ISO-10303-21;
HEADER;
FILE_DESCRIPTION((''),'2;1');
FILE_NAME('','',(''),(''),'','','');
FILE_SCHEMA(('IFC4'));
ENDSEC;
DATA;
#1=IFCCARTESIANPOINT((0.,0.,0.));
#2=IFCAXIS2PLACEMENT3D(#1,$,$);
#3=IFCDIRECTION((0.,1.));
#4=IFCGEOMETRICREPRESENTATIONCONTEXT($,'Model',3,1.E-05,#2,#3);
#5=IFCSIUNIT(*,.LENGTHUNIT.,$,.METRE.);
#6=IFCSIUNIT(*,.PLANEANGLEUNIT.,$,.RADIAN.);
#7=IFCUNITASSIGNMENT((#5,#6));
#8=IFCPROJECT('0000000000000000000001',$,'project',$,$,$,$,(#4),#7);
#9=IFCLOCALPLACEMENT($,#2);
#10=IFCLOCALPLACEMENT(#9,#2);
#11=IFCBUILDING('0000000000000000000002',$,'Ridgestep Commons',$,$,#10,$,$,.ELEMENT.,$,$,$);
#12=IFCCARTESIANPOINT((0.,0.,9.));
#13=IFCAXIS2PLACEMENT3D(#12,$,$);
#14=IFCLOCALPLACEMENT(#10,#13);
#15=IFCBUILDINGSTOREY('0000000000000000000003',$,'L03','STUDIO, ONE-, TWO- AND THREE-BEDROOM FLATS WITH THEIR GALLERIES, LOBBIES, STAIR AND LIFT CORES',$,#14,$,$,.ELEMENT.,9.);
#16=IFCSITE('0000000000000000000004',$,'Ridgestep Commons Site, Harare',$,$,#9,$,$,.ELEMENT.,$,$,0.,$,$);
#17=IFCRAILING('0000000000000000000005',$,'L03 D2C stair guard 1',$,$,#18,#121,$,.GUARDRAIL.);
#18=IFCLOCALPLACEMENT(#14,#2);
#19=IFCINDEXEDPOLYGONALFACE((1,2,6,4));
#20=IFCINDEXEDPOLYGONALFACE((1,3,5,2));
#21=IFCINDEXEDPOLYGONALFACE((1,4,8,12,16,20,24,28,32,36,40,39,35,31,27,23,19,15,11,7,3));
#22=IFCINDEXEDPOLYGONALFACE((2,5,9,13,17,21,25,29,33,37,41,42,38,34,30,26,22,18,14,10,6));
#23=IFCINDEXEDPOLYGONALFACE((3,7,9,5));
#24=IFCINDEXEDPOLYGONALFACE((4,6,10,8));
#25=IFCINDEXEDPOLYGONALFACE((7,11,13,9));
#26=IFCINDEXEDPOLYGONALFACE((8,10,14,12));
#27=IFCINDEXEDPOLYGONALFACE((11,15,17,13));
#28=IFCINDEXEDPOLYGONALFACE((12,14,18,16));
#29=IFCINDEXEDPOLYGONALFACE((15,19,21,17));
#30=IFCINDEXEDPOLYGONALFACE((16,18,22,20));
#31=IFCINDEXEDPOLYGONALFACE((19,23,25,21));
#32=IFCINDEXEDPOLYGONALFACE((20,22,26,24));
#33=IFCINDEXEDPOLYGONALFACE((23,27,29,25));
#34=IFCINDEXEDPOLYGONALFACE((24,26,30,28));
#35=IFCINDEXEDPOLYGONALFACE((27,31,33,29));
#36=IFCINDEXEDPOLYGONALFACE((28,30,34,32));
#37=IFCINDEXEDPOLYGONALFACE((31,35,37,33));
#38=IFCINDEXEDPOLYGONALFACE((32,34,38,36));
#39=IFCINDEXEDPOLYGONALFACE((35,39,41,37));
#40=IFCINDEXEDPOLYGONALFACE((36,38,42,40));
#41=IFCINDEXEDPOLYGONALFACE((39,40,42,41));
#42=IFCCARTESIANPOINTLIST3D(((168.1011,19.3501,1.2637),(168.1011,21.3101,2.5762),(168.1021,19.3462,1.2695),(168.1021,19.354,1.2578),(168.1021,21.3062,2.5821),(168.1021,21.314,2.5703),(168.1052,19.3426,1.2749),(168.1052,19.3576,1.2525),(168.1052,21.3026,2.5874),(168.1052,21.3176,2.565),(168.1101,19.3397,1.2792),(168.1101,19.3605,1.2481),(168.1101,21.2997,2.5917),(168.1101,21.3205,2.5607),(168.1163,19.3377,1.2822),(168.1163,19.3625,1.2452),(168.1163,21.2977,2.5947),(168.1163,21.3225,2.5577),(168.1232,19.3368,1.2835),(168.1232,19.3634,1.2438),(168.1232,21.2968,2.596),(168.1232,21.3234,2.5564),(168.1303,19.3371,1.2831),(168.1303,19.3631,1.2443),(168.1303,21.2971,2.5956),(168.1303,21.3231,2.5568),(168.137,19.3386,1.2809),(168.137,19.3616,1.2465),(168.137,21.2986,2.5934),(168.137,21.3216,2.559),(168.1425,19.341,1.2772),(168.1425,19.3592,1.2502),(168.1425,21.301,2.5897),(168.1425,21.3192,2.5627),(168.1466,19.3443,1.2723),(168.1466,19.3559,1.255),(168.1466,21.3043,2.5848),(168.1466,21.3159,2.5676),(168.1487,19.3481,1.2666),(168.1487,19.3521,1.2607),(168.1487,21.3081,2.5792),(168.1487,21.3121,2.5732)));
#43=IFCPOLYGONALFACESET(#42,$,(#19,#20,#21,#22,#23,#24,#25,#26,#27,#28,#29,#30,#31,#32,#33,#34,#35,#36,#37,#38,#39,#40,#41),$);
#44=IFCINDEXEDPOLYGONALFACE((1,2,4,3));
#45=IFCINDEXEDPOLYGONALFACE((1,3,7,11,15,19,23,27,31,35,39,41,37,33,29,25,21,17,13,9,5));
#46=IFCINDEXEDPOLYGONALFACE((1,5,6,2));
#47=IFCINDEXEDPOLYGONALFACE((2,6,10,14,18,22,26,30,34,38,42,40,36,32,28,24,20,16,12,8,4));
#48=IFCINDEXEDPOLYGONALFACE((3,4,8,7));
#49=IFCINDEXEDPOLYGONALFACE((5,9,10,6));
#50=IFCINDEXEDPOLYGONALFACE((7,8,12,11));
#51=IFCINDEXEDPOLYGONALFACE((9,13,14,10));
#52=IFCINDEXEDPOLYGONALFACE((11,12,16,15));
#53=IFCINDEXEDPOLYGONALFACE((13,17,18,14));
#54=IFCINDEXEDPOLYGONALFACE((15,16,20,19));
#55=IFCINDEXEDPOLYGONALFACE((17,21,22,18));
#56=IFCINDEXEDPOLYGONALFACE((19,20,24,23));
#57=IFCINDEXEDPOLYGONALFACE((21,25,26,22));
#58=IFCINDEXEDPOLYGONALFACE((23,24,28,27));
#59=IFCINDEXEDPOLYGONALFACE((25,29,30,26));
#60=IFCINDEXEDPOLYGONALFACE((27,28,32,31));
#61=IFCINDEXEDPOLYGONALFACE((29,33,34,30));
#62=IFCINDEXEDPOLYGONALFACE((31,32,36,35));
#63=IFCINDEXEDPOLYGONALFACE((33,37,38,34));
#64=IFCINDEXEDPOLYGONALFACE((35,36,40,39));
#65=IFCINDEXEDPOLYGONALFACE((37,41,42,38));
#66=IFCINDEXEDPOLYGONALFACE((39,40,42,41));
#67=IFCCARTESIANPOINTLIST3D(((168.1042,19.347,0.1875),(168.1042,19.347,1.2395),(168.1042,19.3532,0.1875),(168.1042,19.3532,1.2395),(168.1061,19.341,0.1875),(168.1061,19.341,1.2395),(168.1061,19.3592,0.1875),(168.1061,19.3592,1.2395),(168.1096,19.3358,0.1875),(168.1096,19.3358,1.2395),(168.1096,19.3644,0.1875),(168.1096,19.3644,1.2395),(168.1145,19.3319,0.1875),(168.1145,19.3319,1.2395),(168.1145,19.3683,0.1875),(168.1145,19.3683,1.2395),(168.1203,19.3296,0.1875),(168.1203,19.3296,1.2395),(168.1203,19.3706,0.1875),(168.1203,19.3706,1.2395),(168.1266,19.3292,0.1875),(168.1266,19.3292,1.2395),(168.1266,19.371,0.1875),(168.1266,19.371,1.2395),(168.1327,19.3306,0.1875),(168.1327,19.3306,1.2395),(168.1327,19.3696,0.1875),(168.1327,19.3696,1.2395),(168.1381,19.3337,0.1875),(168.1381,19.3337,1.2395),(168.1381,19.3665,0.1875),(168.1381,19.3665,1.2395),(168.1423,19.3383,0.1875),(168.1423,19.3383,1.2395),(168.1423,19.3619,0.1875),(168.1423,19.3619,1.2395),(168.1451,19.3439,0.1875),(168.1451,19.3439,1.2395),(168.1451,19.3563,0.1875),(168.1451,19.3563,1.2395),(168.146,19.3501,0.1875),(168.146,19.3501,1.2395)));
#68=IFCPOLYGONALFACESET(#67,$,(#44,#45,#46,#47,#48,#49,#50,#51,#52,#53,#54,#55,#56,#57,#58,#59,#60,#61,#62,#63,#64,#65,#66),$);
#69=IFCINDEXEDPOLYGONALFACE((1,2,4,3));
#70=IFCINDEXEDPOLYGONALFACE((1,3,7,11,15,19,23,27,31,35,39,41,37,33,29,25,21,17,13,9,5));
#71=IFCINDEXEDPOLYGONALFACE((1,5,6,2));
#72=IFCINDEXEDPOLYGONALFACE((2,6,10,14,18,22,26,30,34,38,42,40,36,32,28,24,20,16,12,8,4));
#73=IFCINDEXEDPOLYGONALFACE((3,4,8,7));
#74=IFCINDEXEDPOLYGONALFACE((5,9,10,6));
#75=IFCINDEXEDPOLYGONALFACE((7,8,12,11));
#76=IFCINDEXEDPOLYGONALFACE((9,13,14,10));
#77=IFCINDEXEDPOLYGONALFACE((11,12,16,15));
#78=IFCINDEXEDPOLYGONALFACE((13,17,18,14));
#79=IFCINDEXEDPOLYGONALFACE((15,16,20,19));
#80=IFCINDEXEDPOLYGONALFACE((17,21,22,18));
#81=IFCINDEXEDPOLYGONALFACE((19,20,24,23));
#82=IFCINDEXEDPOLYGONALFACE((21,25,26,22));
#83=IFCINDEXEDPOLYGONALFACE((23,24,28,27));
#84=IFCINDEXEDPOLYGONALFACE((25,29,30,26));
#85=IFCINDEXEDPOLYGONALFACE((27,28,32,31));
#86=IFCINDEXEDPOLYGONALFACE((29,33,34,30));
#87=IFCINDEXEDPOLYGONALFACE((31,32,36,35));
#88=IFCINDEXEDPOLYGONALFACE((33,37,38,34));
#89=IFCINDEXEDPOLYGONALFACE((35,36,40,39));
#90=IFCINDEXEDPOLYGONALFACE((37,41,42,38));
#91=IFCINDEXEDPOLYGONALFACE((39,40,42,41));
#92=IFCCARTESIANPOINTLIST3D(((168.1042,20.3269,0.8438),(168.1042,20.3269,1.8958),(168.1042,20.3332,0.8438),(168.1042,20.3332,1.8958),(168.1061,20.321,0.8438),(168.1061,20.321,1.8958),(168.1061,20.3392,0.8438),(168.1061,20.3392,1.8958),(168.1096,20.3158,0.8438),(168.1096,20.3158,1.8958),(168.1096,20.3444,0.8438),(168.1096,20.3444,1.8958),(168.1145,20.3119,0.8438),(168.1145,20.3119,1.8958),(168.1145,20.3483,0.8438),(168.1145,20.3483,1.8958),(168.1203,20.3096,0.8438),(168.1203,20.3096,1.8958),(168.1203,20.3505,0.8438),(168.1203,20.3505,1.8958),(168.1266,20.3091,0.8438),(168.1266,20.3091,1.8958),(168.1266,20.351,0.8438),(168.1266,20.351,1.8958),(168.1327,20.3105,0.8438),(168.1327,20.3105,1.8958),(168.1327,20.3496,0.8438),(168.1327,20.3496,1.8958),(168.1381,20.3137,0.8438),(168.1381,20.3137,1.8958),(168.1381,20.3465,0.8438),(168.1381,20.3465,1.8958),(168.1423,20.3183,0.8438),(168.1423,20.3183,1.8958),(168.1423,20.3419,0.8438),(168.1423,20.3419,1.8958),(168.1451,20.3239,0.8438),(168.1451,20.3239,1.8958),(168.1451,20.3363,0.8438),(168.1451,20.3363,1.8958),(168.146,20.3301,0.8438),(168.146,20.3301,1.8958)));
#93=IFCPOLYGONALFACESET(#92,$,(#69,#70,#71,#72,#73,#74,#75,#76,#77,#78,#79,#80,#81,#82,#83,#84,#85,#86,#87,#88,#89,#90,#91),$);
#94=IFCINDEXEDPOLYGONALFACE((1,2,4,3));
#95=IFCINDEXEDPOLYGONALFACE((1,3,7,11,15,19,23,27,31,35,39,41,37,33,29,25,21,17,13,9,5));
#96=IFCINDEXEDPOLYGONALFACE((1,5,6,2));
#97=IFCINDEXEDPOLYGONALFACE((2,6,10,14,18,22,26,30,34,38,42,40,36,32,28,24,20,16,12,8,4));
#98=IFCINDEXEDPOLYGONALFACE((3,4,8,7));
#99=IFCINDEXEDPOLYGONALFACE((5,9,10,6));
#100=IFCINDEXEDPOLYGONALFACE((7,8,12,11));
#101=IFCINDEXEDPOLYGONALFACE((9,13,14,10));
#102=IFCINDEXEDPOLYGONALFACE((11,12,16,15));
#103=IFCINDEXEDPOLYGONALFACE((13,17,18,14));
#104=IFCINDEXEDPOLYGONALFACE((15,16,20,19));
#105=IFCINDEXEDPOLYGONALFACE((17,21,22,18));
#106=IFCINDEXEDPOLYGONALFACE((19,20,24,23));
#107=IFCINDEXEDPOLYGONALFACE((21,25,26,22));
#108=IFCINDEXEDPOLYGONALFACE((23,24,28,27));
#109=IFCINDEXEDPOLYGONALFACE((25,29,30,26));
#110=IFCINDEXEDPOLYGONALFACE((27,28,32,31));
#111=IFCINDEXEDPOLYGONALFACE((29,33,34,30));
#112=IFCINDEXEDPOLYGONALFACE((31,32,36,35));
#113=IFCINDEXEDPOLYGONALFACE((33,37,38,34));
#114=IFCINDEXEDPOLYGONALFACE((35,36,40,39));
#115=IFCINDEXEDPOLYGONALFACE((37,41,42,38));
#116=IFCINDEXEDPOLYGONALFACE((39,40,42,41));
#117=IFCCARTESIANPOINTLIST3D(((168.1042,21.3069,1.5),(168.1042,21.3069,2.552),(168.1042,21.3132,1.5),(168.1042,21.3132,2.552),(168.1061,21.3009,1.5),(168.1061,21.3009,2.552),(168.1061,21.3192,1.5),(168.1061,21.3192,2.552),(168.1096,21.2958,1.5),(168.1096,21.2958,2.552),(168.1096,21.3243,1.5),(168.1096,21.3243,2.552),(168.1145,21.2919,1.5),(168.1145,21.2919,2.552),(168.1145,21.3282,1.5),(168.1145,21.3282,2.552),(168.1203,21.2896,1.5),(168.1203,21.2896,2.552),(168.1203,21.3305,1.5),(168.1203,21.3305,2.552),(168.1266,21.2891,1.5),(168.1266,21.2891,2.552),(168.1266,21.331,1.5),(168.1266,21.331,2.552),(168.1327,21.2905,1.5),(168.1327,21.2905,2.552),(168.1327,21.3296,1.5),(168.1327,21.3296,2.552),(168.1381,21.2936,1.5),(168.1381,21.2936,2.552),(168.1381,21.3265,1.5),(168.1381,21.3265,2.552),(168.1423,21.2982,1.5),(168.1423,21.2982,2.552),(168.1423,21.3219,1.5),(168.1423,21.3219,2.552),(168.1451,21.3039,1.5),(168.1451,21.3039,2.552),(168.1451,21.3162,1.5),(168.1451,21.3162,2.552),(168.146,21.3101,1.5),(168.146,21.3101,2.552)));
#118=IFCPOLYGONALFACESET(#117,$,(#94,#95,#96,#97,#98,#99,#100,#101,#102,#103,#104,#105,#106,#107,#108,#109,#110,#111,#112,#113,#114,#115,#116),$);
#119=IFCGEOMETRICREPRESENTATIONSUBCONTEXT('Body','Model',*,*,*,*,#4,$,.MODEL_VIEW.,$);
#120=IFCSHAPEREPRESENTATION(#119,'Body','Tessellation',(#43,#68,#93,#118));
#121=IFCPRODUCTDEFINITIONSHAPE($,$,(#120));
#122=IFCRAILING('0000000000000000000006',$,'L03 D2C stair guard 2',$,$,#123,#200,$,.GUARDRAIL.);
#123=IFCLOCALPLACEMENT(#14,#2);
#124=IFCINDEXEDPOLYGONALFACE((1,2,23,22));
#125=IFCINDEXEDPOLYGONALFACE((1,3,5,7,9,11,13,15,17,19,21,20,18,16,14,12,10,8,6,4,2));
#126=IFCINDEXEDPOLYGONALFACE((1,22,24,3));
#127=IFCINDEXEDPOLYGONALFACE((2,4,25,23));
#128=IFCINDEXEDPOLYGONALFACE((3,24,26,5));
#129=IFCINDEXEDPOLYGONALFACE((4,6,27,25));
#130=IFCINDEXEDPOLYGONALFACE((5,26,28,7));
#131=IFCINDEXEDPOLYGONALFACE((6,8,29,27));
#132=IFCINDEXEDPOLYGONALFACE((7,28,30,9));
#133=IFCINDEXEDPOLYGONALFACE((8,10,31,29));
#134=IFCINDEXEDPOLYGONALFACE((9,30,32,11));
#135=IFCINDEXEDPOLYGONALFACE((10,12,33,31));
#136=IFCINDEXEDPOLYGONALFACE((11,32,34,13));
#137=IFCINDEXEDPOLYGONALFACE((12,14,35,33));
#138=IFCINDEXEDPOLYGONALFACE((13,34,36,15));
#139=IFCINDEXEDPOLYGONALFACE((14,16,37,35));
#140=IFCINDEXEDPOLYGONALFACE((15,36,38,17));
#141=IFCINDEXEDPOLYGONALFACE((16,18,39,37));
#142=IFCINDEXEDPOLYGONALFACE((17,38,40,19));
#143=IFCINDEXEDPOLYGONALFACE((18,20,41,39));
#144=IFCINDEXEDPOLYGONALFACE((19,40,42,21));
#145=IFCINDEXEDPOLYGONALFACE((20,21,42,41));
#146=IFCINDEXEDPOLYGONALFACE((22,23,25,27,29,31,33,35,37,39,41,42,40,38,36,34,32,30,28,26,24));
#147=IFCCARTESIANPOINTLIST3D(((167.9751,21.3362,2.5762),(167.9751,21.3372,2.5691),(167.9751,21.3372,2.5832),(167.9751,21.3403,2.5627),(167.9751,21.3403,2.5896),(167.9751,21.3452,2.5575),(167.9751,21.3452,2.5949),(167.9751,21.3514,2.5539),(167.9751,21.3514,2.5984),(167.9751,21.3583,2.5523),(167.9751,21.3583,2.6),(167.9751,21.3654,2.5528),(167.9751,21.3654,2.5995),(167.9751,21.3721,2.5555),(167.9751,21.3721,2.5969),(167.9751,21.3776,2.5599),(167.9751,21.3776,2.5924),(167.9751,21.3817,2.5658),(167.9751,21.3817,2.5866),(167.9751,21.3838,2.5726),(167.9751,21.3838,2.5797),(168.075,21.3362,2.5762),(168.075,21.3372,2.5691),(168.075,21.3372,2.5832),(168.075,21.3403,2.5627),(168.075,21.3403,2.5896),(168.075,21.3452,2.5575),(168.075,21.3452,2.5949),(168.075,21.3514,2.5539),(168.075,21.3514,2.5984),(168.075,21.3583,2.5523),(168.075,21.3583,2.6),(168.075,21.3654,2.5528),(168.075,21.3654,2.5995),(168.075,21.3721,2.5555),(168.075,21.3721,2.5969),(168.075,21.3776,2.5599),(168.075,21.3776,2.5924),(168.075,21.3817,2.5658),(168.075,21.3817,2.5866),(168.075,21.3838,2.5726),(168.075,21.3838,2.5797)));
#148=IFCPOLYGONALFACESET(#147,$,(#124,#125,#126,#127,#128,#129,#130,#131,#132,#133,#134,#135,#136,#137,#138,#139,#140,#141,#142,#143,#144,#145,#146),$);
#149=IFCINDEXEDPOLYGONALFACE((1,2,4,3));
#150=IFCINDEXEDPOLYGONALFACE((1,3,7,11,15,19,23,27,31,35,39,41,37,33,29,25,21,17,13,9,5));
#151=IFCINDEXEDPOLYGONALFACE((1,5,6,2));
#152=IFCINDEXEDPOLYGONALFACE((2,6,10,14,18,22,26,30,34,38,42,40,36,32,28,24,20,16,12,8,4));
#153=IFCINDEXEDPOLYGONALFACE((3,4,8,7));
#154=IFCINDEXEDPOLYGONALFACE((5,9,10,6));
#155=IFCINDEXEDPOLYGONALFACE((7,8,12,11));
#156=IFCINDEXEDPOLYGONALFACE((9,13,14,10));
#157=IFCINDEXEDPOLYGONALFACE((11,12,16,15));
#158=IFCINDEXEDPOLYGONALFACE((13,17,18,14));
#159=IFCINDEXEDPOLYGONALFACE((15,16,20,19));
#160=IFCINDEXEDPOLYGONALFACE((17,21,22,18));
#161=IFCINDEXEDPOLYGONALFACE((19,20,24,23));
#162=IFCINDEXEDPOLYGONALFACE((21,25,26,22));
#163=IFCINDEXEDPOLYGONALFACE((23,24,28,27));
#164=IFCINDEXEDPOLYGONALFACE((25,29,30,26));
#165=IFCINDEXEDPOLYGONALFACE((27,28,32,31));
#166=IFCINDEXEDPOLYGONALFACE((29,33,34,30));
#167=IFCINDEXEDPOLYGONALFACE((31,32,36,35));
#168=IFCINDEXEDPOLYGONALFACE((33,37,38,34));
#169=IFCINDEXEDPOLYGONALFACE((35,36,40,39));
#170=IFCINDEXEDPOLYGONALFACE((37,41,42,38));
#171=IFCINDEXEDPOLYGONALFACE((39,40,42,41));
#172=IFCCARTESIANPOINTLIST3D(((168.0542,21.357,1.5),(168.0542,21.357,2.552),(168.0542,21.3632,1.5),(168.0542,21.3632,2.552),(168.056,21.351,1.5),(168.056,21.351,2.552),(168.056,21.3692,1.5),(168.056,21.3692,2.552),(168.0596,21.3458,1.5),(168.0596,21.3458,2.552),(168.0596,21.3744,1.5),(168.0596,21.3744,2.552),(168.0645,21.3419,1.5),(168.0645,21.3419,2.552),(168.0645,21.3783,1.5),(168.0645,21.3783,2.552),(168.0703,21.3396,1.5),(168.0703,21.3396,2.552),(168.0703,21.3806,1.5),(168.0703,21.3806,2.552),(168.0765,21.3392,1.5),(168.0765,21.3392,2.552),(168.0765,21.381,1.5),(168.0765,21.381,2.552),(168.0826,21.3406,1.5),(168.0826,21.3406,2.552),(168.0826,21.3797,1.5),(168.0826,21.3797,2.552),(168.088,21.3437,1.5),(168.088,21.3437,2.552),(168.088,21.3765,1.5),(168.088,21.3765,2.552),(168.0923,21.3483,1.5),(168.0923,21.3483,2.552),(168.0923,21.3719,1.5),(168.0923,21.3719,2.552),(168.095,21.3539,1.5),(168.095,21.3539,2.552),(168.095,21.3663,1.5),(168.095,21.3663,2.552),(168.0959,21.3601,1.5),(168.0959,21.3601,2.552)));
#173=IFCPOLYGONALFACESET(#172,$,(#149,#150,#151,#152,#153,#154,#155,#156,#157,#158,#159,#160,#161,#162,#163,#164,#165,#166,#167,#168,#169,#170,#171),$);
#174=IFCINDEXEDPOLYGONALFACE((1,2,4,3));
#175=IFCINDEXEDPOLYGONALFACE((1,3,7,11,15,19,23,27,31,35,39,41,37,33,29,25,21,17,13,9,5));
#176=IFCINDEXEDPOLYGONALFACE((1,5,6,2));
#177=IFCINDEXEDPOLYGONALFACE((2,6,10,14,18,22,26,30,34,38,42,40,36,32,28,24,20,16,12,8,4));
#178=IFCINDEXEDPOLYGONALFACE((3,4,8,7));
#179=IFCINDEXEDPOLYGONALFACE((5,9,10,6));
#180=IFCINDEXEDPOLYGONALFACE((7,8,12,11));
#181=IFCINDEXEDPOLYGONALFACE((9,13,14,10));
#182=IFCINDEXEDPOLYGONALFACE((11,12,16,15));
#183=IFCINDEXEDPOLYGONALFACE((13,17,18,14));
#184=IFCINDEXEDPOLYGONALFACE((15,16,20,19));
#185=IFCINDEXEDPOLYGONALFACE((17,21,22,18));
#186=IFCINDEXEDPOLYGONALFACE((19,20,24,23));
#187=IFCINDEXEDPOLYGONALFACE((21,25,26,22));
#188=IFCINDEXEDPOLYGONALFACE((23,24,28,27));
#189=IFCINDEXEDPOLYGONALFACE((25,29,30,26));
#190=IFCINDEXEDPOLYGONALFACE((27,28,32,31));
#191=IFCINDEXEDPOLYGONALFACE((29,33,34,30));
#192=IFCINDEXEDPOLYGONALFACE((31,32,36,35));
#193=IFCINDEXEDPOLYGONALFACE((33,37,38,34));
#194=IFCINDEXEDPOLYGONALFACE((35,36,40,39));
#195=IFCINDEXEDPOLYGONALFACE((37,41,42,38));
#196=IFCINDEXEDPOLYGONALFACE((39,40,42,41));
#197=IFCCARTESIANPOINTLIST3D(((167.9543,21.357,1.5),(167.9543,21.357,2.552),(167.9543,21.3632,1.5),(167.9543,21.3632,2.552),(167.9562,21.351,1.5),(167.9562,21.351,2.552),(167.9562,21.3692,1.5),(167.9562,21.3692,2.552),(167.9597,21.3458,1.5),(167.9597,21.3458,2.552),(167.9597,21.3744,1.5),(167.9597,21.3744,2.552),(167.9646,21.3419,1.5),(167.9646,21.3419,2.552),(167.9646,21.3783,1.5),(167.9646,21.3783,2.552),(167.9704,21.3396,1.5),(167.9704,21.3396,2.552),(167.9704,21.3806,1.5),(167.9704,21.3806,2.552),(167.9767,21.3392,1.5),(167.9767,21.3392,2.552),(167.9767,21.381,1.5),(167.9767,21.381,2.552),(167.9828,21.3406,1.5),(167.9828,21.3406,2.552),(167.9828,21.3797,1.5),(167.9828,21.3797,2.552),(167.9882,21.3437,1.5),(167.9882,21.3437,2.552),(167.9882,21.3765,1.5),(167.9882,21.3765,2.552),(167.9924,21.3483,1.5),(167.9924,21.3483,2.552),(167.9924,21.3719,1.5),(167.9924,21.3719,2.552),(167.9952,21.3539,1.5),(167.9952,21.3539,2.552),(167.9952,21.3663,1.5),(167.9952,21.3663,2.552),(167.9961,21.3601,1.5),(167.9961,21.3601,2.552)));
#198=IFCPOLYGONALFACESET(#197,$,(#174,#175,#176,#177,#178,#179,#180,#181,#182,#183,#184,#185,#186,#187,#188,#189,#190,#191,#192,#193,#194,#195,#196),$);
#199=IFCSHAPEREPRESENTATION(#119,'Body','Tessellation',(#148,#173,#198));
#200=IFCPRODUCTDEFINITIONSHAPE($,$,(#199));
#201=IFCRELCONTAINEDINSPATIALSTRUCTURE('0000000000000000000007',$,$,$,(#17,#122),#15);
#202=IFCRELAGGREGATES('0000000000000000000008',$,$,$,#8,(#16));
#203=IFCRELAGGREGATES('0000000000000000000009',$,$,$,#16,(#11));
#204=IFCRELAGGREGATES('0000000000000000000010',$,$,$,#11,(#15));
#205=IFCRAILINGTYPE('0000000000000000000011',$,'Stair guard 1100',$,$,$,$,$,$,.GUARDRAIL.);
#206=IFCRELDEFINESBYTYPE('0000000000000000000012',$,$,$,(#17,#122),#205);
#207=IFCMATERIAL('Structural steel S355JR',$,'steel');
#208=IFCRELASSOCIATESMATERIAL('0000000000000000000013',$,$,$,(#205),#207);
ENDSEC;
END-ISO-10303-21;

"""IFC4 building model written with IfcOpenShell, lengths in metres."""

from ifc_helpers import new_model, si_unit, direction, frame, origin, origin_2d, place, context, subcontext, project, spatial, circle, extrude, material, type_object, element, save


model = new_model("IFC4")

# Units and contexts
model_context = context("Model", 3, precision=1e-05, world=origin(), true_north=direction((0.0, 1.0)))
body_context = subcontext(model_context, "Body", "Model", "MODEL_VIEW")
ifc_project = project(units=[si_unit("LENGTHUNIT", "METRE"), si_unit("PLANEANGLEUNIT", "RADIAN")], contexts=[model_context])

# Site, building, storey
site_placement = place(None, origin())
site = spatial("IfcSite", under=ifc_project, at=site_placement, Name="Ridgestep Commons Site, Harare", CompositionType="ELEMENT", RefElevation=0.0)
building_placement = place(site_placement, origin())
building = spatial("IfcBuilding", under=site, at=building_placement, Name="Ridgestep Commons", CompositionType="ELEMENT")
storey_placement = place(building_placement, frame((0.0, 0.0, 9.0)))
storey = spatial("IfcBuildingStorey", under=building, at=storey_placement, Name="L03", Description="STUDIO, ONE-, TWO- AND THREE-BEDROOM FLATS WITH THEIR GALLERIES, LOBBIES, STAIR AND LIFT CORES", CompositionType="ELEMENT", Elevation=9.0)

# Railings
ifc_material_1 = material(Name="Structural steel S355JR", Category="steel")
railing_type_1 = type_object("IfcRailingType", Name="Stair guard 1100", PredefinedType="GUARDRAIL", material=ifc_material_1)
railing_1_placement = place(storey_placement, frame((168.125, 19.3501, 0.1875)))
element("IfcRailing", 1, at=railing_1_placement, inside=storey, type_object=railing_type_1, Name="L03 D2C stair guard 1", PredefinedType="GUARDRAIL", context=body_context, shape_type="SweptSolid", body=[
    extrude(circle(Radius=0.0239, at=origin_2d()), frame((0.0, 0.0, 1.0762), z_axis=(0.0, 0.830902, 0.556419), x_axis=(-1.0, 0.0, 0.0)), (0.0, 0.0, 1.0), 2.3589),
    extrude(circle(Radius=0.021, at=origin_2d()), origin(), (0.0, 0.0, 1.0), 1.052),
    extrude(circle(Radius=0.021, at=origin_2d()), frame((0.0, 0.98, 0.6562)), (0.0, 0.0, 1.0), 1.052),
    extrude(circle(Radius=0.021, at=origin_2d()), frame((0.0, 1.96, 1.3125)), (0.0, 0.0, 1.0), 1.052),
])
railing_2_placement = place(storey_placement, frame((168.075, 21.3601, 1.5)))
element("IfcRailing", 2, at=railing_2_placement, inside=storey, type_object=railing_type_1, Name="L03 D2C stair guard 2", PredefinedType="GUARDRAIL", context=body_context, shape_type="SweptSolid", body=[
    extrude(circle(Radius=0.0239, at=origin_2d()), frame((0.0, 0.0, 1.0762), z_axis=(-1.0, 0.0, 0.0), x_axis=(0.0, -1.0, 0.0)), (0.0, 0.0, 1.0), 0.0999),
    extrude(circle(Radius=0.021, at=origin_2d()), origin(), (0.0, 0.0, 1.0), 1.052),
    extrude(circle(Radius=0.021, at=origin_2d()), frame((-0.0999, 0.0, 0.0)), (0.0, 0.0, 1.0), 1.052),
])

save(model, "model.ifc")
